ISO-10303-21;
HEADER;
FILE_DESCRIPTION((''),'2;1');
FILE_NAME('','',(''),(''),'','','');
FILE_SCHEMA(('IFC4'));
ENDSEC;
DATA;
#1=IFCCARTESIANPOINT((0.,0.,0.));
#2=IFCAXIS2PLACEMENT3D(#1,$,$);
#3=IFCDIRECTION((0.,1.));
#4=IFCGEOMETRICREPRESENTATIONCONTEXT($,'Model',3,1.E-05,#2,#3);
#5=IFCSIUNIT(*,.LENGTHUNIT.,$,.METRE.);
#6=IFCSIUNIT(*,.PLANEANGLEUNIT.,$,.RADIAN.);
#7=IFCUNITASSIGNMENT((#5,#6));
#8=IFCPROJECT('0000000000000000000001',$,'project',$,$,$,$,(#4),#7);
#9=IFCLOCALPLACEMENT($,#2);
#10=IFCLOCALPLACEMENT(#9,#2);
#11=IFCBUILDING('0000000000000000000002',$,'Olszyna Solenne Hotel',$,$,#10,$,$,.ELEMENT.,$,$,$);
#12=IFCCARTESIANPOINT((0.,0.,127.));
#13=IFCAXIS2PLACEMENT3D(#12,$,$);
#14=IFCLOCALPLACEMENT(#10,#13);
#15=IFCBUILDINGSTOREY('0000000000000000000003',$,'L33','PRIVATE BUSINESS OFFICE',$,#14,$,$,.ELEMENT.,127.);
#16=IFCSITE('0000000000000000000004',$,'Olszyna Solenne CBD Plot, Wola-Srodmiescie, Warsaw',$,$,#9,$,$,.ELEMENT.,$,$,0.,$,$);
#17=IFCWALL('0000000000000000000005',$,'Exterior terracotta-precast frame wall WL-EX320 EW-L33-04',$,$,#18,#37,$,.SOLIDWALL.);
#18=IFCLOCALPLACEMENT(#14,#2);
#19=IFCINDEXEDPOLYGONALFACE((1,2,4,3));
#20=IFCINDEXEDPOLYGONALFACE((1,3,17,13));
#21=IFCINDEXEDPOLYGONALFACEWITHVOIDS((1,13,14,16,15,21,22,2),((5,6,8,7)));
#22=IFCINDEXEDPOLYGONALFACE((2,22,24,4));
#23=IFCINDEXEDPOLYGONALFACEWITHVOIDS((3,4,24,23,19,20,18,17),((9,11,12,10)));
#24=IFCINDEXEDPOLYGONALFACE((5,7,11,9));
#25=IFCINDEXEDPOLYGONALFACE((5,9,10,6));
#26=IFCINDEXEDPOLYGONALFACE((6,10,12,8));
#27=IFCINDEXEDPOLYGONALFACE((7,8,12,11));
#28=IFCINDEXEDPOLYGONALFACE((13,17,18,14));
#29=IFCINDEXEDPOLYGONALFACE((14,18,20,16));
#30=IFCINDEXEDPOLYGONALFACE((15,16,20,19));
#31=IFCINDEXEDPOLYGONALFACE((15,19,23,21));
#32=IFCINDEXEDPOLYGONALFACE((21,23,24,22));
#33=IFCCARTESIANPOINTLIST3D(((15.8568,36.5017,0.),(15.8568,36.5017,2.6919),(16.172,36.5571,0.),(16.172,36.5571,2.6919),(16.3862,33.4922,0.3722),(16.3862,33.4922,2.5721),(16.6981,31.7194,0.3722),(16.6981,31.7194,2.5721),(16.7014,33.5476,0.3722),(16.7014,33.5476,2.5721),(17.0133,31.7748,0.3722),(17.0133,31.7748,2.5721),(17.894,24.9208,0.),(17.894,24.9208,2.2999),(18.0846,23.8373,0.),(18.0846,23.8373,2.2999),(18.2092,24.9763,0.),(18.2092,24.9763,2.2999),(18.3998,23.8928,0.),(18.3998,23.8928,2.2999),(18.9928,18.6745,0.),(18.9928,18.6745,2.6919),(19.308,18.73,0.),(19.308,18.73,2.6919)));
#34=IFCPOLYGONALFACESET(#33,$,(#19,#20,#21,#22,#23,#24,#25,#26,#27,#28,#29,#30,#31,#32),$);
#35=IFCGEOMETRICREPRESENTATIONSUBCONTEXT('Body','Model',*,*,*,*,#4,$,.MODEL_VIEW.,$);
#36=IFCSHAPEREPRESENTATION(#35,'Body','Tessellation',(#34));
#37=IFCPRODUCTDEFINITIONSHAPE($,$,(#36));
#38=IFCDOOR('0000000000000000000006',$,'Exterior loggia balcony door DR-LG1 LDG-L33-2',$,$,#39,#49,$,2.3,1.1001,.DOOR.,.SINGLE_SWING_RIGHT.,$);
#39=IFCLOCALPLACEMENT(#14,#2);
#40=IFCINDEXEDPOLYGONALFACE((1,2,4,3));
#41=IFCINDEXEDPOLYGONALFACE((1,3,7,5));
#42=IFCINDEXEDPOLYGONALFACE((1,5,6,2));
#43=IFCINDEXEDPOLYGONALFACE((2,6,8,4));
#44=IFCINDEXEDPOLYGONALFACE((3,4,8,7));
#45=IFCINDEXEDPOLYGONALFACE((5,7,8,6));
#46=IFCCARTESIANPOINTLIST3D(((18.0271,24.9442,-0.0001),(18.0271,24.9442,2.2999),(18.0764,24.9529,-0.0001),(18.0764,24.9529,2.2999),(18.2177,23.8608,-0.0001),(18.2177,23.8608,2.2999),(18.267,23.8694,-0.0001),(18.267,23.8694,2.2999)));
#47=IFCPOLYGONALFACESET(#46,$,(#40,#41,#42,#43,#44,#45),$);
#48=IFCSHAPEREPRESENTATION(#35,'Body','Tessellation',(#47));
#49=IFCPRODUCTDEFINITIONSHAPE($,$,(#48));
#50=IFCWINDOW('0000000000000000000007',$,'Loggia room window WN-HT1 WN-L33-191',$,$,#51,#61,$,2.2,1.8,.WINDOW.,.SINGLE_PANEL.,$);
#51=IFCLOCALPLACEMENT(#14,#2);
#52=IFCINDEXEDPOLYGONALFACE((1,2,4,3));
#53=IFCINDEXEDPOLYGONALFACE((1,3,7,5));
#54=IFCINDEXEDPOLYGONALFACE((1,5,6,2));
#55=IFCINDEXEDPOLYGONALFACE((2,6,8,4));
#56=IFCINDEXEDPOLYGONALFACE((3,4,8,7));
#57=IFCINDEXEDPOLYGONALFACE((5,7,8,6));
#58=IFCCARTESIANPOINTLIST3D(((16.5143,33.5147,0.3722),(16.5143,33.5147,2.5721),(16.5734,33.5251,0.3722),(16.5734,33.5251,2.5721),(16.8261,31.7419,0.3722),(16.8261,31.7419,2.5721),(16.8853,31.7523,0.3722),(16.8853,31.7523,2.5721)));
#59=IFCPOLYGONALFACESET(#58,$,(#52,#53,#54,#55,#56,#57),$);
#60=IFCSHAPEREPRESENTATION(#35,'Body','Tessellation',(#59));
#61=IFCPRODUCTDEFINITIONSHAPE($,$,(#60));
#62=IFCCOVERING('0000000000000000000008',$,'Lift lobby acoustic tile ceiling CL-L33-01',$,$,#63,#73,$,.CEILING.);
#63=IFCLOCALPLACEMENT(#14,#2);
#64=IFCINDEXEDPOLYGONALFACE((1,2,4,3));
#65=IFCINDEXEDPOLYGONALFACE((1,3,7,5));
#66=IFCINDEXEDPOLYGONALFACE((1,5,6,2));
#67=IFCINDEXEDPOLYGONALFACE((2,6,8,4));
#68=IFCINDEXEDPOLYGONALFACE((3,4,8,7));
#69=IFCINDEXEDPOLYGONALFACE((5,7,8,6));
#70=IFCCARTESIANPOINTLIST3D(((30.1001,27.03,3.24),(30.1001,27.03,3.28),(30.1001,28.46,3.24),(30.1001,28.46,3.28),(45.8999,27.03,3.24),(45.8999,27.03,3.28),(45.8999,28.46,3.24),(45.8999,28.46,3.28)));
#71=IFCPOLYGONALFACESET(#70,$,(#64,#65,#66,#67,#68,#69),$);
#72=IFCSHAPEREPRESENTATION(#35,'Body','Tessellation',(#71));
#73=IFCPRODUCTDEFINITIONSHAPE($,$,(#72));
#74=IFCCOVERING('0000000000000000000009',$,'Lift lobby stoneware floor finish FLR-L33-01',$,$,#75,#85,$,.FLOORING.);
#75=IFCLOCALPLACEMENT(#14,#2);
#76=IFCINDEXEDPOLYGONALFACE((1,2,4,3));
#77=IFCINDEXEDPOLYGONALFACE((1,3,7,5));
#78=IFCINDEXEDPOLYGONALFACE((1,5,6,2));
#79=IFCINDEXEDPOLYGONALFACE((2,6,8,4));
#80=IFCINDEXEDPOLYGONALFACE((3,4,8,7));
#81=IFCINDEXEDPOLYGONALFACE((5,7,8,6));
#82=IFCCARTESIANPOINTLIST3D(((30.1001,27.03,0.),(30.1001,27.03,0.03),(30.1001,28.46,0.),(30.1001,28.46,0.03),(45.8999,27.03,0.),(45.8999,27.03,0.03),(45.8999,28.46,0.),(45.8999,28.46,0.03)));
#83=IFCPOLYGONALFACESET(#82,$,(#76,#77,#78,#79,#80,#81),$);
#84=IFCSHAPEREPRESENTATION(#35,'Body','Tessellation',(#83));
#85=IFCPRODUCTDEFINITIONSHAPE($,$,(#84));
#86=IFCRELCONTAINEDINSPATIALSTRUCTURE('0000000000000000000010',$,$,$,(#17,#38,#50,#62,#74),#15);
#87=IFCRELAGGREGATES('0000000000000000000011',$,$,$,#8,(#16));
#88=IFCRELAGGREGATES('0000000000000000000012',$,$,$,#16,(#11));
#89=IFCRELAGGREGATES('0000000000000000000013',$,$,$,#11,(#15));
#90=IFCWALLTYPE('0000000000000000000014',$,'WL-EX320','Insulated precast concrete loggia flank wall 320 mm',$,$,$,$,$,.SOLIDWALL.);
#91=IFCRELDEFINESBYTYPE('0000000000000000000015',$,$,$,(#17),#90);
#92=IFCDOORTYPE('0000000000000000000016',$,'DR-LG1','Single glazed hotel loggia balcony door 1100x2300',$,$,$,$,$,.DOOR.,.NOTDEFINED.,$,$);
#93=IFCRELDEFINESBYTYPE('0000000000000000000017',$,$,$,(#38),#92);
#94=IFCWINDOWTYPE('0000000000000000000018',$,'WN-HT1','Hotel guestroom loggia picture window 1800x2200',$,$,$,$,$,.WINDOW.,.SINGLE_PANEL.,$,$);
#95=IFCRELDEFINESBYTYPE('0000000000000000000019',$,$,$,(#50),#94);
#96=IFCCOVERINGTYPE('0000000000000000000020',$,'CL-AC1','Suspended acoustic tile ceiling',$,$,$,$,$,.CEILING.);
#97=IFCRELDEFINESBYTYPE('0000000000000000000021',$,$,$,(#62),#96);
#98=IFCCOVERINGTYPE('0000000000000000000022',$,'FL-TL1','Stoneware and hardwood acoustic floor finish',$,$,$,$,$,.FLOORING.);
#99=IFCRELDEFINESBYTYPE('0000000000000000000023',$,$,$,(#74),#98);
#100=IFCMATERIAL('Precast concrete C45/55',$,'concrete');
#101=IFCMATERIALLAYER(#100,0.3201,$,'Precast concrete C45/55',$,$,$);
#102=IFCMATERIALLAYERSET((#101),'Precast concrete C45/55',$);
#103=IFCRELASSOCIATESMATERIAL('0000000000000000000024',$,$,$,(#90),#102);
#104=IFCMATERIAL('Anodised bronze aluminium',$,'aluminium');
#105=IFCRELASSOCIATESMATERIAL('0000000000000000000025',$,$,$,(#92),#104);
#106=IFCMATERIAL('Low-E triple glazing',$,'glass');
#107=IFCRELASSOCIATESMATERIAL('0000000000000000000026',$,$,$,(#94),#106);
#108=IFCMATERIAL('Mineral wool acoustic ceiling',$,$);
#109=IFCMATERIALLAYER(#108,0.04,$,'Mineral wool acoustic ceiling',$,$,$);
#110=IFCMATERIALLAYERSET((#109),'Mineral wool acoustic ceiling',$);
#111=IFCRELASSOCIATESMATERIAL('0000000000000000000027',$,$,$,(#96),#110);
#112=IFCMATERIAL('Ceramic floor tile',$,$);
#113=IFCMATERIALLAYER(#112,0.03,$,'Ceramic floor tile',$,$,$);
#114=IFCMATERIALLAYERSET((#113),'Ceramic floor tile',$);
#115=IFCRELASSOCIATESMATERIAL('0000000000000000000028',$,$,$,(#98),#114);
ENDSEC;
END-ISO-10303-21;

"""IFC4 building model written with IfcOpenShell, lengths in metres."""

from ifc_helpers import new_model, si_unit, direction, frame, frame_2d, origin, place, context, subcontext, project, spatial, polyline, rectangle, outline, extrude, source, transform, mapped, material, layer, layer_set, type_object, type_shapes, element, fill, save


model = new_model("IFC4")

# Units and contexts
model_context = context("Model", 3, precision=1e-05, world=origin(), true_north=direction((0.0, 1.0)))
body_context = subcontext(model_context, "Body", "Model", "MODEL_VIEW")
ifc_project = project(units=[si_unit("LENGTHUNIT", "METRE"), si_unit("PLANEANGLEUNIT", "RADIAN")], contexts=[model_context])

# Site, building, storey
site_placement = place(None, origin())
site = spatial("IfcSite", under=ifc_project, at=site_placement, Name="Olszyna Solenne CBD Plot, Wola-Srodmiescie, Warsaw", CompositionType="ELEMENT", RefElevation=0.0)
building_placement = place(site_placement, origin())
building = spatial("IfcBuilding", under=site, at=building_placement, Name="Olszyna Solenne Hotel", CompositionType="ELEMENT")
storey_placement = place(building_placement, frame((0.0, 0.0, 127.0)))
storey = spatial("IfcBuildingStorey", under=building, at=storey_placement, Name="L33", Description="PRIVATE BUSINESS OFFICE", CompositionType="ELEMENT", Elevation=127.0)

# Shared definitions
ifc_material_1 = material(Name="Anodised bronze aluminium", Category="aluminium")

# Shared definitions
ifc_material_2 = material(Name="Precast concrete C45/55", Category="concrete")

# Shared definitions
ifc_material_3 = material(Name="Low-E triple glazing", Category="glass")

# Wall, openings, door, window
ifc_layer_1 = layer(ifc_material_2, 0.3201, Name="Precast concrete C45/55")
ifc_layer_set_1 = layer_set([ifc_layer_1], Name="Precast concrete C45/55")
wall_type = type_object("IfcWallType", Name="WL-EX320", Description="Insulated precast concrete loggia flank wall 320 mm", PredefinedType="SOLIDWALL", material=ifc_layer_set_1)
wall_placement = place(storey_placement, frame((19.1504, 18.7024, 0.0), z_axis=(0.0, 0.0, 1.0), x_axis=(-0.173251, 0.984878, 0.0)))
wall = element("IfcWall", 1, at=wall_placement, inside=storey, type_object=wall_type, Name="Exterior terracotta-precast frame wall WL-EX320 EW-L33-04", PredefinedType="SOLIDWALL", context=body_context, shape_type="SweptSolid", body=[
    extrude(rectangle(XDim=18.1008, YDim=0.3201, at=frame_2d((9.0503, 0.0))), origin(), (0.0, 0.0, 1.0), 2.6919),
])
opening_1_placement = place(wall_placement, frame((5.2419, 0.0, 0.0)))
opening_1 = element("IfcOpeningElement", 2, at=opening_1_placement, cuts=wall, PredefinedType="OPENING", context=body_context, shape_type="SweptSolid", body=[
    extrude(rectangle(XDim=1.1001, YDim=2.3, at=frame_2d((0.55, 1.1499))), frame((0.0, 0.1699, 0.0), z_axis=(0.0, -1.0, 0.0), x_axis=(1.0, 0.0, 0.0)), (0.0, 0.0, 1.0), 0.3401),
])
opening_2_placement = place(wall_placement, frame((13.2451, 0.0, 0.3721)))
opening_2 = element("IfcOpeningElement", 3, at=opening_2_placement, cuts=wall, PredefinedType="OPENING", context=body_context, shape_type="SweptSolid", body=[
    extrude(rectangle(XDim=1.8, YDim=2.2, at=frame_2d((0.8999, 1.1001))), frame((0.0, 0.1699, 0.0), z_axis=(0.0, -1.0, 0.0), x_axis=(1.0, 0.0, 0.0)), (0.0, 0.0, 1.0), 0.3401),
])
door_type = type_object("IfcDoorType", Name="DR-LG1", Description="Single glazed hotel loggia balcony door 1100x2300", OperationType="NOTDEFINED", PredefinedType="DOOR", material=ifc_material_1)
shared_shape_1 = source(origin(), body_context, "Body", "SweptSolid", [
    extrude(rectangle(XDim=1.1001, YDim=2.3, at=frame_2d((0.55, 1.1499))), frame((0.0, 0.0249, 0.0), z_axis=(0.0, -1.0, 0.0), x_axis=(1.0, 0.0, 0.0)), (0.0, 0.0, 1.0), 0.05),
])
type_shapes(door_type, [shared_shape_1])
door_placement = place(opening_1_placement, origin())
door = element("IfcDoor", 4, at=door_placement, inside=storey, type_object=door_type, Name="Exterior loggia balcony door DR-LG1 LDG-L33-2", OperationType="SINGLE_SWING_RIGHT", OverallHeight=2.3, OverallWidth=1.1001, PredefinedType="DOOR", context=body_context, shape_type="MappedRepresentation", body=[
    mapped(shared_shape_1, transform((0.0, 0.0, 0.0), x_axis=(1.0, 0.0, 0.0), y_axis=(0.0, 1.0, 0.0), z_axis=(0.0, 0.0, 1.0), scale=1.0)),
])
fill(opening_1, door)
window_type = type_object("IfcWindowType", Name="WN-HT1", Description="Hotel guestroom loggia picture window 1800x2200", PartitioningType="SINGLE_PANEL", PredefinedType="WINDOW", material=ifc_material_3)
shared_shape_2 = source(origin(), body_context, "Body", "SweptSolid", [
    extrude(rectangle(XDim=1.8, YDim=2.2, at=frame_2d((0.8999, 1.1001))), frame((0.0, 0.03, 0.0), z_axis=(0.0, -1.0, 0.0), x_axis=(1.0, 0.0, 0.0)), (0.0, 0.0, 1.0), 0.0601),
])
type_shapes(window_type, [shared_shape_2])
window_placement = place(opening_2_placement, origin())
window = element("IfcWindow", 5, at=window_placement, inside=storey, type_object=window_type, Name="Loggia room window WN-HT1 WN-L33-191", OverallHeight=2.2, OverallWidth=1.8, PartitioningType="SINGLE_PANEL", PredefinedType="WINDOW", context=body_context, shape_type="MappedRepresentation", body=[
    mapped(shared_shape_2, transform((0.0, 0.0, 0.0), x_axis=(1.0, 0.0, 0.0), y_axis=(0.0, 1.0, 0.0), z_axis=(0.0, 0.0, 1.0), scale=1.0)),
])
fill(opening_2, window)

# Coverings
ifc_material_4 = material(Name="Mineral wool acoustic ceiling")
ifc_layer_2 = layer(ifc_material_4, 0.04, Name="Mineral wool acoustic ceiling")
ifc_layer_set_2 = layer_set([ifc_layer_2], Name="Mineral wool acoustic ceiling")
covering_type_1 = type_object("IfcCoveringType", Name="CL-AC1", Description="Suspended acoustic tile ceiling", PredefinedType="CEILING", material=ifc_layer_set_2)
covering_1_placement = place(storey_placement, frame((0.0, 0.0, 3.24)))
element("IfcCovering", 6, at=covering_1_placement, inside=storey, type_object=covering_type_1, Name="Lift lobby acoustic tile ceiling CL-L33-01", PredefinedType="CEILING", context=body_context, shape_type="SweptSolid", body=[
    extrude(outline(polyline([(30.1001, 27.03), (45.8999, 27.03), (45.8999, 28.46), (30.1001, 28.46), (30.1001, 27.03)])), origin(), (0.0, 0.0, 1.0), 0.04),
])
ifc_material_5 = material(Name="Ceramic floor tile")
ifc_layer_3 = layer(ifc_material_5, 0.03, Name="Ceramic floor tile")
ifc_layer_set_3 = layer_set([ifc_layer_3], Name="Ceramic floor tile")
covering_type_2 = type_object("IfcCoveringType", Name="FL-TL1", Description="Stoneware and hardwood acoustic floor finish", PredefinedType="FLOORING", material=ifc_layer_set_3)
covering_2_placement = place(storey_placement, origin())
element("IfcCovering", 7, at=covering_2_placement, inside=storey, type_object=covering_type_2, Name="Lift lobby stoneware floor finish FLR-L33-01", PredefinedType="FLOORING", context=body_context, shape_type="SweptSolid", body=[
    extrude(outline(polyline([(30.1001, 27.03), (45.8999, 27.03), (45.8999, 28.46), (30.1001, 28.46), (30.1001, 27.03)])), origin(), (0.0, 0.0, 1.0), 0.03),
])

save(model, "model.ifc")
